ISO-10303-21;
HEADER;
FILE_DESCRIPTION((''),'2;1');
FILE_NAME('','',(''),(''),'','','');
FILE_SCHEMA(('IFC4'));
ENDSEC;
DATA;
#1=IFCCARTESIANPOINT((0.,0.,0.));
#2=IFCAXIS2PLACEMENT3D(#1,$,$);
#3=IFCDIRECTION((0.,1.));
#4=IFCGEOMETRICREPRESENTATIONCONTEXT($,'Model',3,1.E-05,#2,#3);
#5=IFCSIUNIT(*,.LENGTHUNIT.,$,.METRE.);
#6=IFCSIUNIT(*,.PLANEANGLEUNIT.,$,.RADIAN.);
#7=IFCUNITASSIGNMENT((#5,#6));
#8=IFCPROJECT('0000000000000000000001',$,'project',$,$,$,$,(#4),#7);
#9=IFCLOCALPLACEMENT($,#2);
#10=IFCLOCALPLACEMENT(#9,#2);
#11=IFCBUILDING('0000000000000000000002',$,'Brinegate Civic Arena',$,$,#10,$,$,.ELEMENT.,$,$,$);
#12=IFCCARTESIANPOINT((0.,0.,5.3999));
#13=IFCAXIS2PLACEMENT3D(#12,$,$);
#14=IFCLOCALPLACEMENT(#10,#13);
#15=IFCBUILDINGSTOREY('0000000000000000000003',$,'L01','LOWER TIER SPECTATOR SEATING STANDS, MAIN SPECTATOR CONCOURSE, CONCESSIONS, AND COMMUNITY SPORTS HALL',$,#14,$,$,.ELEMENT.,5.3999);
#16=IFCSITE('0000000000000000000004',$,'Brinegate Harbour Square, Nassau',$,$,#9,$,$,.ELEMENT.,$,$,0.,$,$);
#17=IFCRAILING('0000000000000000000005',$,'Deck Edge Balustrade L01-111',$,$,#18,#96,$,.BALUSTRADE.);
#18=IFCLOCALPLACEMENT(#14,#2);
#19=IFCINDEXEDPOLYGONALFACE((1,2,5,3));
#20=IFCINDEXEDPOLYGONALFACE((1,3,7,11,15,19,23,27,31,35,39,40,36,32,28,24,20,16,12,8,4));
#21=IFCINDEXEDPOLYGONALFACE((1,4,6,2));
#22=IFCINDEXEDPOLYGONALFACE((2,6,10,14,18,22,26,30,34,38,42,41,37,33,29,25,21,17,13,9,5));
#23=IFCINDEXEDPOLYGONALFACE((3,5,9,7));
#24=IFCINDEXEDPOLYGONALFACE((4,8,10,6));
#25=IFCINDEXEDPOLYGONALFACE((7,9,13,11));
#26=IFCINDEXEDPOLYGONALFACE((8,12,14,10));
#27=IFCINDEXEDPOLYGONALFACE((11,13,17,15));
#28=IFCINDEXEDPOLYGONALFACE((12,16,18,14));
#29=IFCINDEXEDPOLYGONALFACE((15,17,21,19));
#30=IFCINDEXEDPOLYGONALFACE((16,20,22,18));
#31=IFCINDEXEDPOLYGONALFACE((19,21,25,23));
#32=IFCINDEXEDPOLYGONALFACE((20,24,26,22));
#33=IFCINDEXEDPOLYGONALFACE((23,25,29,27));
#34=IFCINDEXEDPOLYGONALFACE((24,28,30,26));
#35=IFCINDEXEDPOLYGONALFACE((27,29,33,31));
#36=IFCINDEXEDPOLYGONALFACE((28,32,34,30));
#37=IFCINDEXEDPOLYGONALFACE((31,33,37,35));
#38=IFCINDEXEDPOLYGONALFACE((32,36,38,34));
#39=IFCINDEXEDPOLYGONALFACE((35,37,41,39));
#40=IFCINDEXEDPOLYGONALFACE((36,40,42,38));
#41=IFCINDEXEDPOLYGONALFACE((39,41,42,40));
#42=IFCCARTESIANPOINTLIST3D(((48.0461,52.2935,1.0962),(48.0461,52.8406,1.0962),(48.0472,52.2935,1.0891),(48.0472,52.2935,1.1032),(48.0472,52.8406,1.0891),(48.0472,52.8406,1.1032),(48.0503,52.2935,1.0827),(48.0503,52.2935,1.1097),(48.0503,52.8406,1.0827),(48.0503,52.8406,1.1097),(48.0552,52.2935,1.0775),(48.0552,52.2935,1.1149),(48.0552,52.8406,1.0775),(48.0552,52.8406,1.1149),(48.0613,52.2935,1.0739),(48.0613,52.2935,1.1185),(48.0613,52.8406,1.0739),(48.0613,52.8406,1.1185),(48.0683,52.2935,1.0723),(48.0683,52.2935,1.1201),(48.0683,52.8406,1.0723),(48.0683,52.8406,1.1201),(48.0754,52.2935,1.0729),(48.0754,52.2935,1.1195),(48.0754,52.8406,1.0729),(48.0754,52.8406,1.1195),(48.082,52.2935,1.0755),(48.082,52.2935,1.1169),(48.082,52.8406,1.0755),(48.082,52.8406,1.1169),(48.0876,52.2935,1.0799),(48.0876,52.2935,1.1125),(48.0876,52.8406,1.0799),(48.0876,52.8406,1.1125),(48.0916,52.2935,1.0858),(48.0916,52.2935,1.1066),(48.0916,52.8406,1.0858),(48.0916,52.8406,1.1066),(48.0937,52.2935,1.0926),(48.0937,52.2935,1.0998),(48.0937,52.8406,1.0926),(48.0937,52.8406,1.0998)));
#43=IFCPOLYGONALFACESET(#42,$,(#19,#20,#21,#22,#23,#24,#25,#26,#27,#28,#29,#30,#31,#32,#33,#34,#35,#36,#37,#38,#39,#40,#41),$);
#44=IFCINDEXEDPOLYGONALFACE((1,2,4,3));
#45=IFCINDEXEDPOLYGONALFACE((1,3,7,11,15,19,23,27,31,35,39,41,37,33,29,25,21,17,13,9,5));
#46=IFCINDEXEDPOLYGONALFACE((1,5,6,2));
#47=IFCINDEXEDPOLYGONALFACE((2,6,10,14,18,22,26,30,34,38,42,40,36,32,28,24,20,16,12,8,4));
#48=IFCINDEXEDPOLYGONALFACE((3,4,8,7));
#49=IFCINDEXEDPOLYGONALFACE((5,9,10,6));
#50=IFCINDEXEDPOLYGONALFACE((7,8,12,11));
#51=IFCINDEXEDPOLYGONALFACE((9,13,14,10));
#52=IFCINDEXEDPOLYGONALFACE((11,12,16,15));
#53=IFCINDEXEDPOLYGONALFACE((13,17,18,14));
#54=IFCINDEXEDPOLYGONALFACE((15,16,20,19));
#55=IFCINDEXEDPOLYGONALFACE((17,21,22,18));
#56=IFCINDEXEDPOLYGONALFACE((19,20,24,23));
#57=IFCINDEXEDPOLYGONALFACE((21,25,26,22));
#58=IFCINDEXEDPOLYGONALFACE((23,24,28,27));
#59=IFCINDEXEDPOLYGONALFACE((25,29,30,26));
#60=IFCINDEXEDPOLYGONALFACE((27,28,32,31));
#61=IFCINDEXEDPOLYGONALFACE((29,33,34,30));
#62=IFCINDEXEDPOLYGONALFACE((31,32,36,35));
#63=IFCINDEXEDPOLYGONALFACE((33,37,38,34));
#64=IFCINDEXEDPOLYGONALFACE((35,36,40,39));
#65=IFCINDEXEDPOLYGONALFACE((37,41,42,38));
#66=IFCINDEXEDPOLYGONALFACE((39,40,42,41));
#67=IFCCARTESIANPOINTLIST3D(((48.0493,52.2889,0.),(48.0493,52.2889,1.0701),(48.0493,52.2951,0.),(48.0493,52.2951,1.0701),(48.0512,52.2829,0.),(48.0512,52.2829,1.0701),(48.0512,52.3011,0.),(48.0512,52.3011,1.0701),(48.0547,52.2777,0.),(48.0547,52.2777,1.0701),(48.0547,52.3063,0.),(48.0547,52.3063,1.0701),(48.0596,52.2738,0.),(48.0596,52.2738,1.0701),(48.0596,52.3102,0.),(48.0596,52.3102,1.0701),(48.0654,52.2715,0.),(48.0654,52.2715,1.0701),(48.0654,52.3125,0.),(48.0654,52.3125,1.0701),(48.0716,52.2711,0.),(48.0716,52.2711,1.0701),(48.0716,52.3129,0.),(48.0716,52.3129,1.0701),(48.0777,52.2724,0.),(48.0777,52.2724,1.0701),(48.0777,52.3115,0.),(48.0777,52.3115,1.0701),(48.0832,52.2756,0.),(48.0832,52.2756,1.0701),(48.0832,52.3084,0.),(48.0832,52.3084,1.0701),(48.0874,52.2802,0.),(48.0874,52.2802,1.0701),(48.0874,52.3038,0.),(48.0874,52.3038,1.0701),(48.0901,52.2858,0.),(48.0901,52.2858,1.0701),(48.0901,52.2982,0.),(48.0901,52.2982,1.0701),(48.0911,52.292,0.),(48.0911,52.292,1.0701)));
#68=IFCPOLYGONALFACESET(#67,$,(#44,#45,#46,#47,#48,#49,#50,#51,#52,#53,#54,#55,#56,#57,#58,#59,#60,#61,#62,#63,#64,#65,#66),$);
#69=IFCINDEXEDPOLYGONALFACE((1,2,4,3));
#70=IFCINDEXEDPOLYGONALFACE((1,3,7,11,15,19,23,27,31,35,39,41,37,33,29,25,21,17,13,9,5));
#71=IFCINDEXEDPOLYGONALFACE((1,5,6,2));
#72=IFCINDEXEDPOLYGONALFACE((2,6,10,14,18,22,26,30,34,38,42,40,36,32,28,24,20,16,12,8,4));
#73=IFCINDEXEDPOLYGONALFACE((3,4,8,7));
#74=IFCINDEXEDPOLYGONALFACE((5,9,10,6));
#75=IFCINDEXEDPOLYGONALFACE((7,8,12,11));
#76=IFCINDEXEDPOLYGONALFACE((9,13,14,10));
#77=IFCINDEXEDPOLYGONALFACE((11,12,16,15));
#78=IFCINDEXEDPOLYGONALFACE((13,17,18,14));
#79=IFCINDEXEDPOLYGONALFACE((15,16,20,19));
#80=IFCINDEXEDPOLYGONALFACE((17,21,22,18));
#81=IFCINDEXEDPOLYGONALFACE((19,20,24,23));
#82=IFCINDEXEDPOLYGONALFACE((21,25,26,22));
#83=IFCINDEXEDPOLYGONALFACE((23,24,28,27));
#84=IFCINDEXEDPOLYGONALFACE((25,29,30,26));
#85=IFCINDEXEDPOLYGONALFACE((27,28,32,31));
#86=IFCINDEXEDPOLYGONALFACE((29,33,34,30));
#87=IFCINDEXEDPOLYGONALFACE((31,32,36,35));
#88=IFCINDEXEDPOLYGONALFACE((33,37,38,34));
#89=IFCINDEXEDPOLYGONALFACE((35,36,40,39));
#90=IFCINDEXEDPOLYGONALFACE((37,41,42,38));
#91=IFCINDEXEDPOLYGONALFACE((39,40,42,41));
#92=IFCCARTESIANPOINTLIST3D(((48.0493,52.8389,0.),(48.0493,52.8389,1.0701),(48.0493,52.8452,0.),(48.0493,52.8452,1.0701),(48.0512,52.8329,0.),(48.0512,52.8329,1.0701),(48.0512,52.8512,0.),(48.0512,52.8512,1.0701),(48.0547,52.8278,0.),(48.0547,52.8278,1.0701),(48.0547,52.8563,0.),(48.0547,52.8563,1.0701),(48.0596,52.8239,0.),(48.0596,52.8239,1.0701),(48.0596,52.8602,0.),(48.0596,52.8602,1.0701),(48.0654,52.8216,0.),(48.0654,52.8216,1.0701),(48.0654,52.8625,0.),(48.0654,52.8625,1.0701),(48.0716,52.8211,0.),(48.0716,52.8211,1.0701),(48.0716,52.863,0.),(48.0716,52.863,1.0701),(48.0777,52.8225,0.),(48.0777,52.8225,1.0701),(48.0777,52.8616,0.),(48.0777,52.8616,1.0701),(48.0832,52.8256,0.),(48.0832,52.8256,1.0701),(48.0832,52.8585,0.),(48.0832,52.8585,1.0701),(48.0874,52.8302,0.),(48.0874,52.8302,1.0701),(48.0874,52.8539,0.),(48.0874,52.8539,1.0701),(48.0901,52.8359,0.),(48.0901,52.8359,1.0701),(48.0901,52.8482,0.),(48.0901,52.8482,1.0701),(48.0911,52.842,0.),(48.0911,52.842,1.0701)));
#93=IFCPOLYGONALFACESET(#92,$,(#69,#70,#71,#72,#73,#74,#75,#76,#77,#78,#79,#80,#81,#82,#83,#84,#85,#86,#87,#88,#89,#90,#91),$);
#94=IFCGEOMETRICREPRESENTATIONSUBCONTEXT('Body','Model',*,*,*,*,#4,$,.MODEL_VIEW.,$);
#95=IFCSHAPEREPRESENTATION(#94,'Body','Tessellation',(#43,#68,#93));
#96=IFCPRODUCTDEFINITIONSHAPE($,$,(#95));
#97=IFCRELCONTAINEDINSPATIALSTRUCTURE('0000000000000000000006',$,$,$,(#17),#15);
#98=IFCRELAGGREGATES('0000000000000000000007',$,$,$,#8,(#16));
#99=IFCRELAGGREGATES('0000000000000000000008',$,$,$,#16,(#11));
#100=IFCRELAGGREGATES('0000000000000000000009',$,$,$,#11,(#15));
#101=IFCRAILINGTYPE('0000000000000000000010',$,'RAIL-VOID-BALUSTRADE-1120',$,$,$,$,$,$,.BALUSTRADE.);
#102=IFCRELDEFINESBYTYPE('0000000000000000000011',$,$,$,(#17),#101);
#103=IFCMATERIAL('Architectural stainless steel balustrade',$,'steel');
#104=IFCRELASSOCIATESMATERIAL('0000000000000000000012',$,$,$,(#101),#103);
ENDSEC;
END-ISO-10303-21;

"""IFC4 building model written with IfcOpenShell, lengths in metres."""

from ifc_helpers import new_model, si_unit, direction, frame, origin, origin_2d, place, context, subcontext, project, spatial, circle, extrude, material, type_object, element, save


model = new_model("IFC4")

# Units and contexts
model_context = context("Model", 3, precision=1e-05, world=origin(), true_north=direction((0.0, 1.0)))
body_context = subcontext(model_context, "Body", "Model", "MODEL_VIEW")
ifc_project = project(units=[si_unit("LENGTHUNIT", "METRE"), si_unit("PLANEANGLEUNIT", "RADIAN")], contexts=[model_context])

# Site, building, storey
site_placement = place(None, origin())
site = spatial("IfcSite", under=ifc_project, at=site_placement, Name="Brinegate Harbour Square, Nassau", CompositionType="ELEMENT", RefElevation=0.0)
building_placement = place(site_placement, origin())
building = spatial("IfcBuilding", under=site, at=building_placement, Name="Brinegate Civic Arena", CompositionType="ELEMENT")
storey_placement = place(building_placement, frame((0.0, 0.0, 5.3999)))
storey = spatial("IfcBuildingStorey", under=building, at=storey_placement, Name="L01", Description="LOWER TIER SPECTATOR SEATING STANDS, MAIN SPECTATOR CONCOURSE, CONCESSIONS, AND COMMUNITY SPORTS HALL", CompositionType="ELEMENT", Elevation=5.3999)

# Railing
ifc_material_1 = material(Name="Architectural stainless steel balustrade", Category="steel")
railing_type_1 = type_object("IfcRailingType", Name="RAIL-VOID-BALUSTRADE-1120", PredefinedType="BALUSTRADE", material=ifc_material_1)
railing_placement = place(storey_placement, frame((48.0701, 52.292, 0.0)))
element("IfcRailing", 1, at=railing_placement, inside=storey, type_object=railing_type_1, Name="Deck Edge Balustrade L01-111", PredefinedType="BALUSTRADE", context=body_context, shape_type="SweptSolid", body=[
    extrude(circle(Radius=0.0239, at=origin_2d()), frame((0.0, 0.0015, 1.0962), z_axis=(0.0, 1.0, 0.0), x_axis=(-1.0, 0.0, 0.0)), (0.0, 0.0, 1.0), 0.5471),
    extrude(circle(Radius=0.021, at=origin_2d()), origin(), (0.0, 0.0, 1.0), 1.0701),
    extrude(circle(Radius=0.021, at=origin_2d()), frame((0.0, 0.55, 0.0)), (0.0, 0.0, 1.0), 1.0701),
])

save(model, "model.ifc")
